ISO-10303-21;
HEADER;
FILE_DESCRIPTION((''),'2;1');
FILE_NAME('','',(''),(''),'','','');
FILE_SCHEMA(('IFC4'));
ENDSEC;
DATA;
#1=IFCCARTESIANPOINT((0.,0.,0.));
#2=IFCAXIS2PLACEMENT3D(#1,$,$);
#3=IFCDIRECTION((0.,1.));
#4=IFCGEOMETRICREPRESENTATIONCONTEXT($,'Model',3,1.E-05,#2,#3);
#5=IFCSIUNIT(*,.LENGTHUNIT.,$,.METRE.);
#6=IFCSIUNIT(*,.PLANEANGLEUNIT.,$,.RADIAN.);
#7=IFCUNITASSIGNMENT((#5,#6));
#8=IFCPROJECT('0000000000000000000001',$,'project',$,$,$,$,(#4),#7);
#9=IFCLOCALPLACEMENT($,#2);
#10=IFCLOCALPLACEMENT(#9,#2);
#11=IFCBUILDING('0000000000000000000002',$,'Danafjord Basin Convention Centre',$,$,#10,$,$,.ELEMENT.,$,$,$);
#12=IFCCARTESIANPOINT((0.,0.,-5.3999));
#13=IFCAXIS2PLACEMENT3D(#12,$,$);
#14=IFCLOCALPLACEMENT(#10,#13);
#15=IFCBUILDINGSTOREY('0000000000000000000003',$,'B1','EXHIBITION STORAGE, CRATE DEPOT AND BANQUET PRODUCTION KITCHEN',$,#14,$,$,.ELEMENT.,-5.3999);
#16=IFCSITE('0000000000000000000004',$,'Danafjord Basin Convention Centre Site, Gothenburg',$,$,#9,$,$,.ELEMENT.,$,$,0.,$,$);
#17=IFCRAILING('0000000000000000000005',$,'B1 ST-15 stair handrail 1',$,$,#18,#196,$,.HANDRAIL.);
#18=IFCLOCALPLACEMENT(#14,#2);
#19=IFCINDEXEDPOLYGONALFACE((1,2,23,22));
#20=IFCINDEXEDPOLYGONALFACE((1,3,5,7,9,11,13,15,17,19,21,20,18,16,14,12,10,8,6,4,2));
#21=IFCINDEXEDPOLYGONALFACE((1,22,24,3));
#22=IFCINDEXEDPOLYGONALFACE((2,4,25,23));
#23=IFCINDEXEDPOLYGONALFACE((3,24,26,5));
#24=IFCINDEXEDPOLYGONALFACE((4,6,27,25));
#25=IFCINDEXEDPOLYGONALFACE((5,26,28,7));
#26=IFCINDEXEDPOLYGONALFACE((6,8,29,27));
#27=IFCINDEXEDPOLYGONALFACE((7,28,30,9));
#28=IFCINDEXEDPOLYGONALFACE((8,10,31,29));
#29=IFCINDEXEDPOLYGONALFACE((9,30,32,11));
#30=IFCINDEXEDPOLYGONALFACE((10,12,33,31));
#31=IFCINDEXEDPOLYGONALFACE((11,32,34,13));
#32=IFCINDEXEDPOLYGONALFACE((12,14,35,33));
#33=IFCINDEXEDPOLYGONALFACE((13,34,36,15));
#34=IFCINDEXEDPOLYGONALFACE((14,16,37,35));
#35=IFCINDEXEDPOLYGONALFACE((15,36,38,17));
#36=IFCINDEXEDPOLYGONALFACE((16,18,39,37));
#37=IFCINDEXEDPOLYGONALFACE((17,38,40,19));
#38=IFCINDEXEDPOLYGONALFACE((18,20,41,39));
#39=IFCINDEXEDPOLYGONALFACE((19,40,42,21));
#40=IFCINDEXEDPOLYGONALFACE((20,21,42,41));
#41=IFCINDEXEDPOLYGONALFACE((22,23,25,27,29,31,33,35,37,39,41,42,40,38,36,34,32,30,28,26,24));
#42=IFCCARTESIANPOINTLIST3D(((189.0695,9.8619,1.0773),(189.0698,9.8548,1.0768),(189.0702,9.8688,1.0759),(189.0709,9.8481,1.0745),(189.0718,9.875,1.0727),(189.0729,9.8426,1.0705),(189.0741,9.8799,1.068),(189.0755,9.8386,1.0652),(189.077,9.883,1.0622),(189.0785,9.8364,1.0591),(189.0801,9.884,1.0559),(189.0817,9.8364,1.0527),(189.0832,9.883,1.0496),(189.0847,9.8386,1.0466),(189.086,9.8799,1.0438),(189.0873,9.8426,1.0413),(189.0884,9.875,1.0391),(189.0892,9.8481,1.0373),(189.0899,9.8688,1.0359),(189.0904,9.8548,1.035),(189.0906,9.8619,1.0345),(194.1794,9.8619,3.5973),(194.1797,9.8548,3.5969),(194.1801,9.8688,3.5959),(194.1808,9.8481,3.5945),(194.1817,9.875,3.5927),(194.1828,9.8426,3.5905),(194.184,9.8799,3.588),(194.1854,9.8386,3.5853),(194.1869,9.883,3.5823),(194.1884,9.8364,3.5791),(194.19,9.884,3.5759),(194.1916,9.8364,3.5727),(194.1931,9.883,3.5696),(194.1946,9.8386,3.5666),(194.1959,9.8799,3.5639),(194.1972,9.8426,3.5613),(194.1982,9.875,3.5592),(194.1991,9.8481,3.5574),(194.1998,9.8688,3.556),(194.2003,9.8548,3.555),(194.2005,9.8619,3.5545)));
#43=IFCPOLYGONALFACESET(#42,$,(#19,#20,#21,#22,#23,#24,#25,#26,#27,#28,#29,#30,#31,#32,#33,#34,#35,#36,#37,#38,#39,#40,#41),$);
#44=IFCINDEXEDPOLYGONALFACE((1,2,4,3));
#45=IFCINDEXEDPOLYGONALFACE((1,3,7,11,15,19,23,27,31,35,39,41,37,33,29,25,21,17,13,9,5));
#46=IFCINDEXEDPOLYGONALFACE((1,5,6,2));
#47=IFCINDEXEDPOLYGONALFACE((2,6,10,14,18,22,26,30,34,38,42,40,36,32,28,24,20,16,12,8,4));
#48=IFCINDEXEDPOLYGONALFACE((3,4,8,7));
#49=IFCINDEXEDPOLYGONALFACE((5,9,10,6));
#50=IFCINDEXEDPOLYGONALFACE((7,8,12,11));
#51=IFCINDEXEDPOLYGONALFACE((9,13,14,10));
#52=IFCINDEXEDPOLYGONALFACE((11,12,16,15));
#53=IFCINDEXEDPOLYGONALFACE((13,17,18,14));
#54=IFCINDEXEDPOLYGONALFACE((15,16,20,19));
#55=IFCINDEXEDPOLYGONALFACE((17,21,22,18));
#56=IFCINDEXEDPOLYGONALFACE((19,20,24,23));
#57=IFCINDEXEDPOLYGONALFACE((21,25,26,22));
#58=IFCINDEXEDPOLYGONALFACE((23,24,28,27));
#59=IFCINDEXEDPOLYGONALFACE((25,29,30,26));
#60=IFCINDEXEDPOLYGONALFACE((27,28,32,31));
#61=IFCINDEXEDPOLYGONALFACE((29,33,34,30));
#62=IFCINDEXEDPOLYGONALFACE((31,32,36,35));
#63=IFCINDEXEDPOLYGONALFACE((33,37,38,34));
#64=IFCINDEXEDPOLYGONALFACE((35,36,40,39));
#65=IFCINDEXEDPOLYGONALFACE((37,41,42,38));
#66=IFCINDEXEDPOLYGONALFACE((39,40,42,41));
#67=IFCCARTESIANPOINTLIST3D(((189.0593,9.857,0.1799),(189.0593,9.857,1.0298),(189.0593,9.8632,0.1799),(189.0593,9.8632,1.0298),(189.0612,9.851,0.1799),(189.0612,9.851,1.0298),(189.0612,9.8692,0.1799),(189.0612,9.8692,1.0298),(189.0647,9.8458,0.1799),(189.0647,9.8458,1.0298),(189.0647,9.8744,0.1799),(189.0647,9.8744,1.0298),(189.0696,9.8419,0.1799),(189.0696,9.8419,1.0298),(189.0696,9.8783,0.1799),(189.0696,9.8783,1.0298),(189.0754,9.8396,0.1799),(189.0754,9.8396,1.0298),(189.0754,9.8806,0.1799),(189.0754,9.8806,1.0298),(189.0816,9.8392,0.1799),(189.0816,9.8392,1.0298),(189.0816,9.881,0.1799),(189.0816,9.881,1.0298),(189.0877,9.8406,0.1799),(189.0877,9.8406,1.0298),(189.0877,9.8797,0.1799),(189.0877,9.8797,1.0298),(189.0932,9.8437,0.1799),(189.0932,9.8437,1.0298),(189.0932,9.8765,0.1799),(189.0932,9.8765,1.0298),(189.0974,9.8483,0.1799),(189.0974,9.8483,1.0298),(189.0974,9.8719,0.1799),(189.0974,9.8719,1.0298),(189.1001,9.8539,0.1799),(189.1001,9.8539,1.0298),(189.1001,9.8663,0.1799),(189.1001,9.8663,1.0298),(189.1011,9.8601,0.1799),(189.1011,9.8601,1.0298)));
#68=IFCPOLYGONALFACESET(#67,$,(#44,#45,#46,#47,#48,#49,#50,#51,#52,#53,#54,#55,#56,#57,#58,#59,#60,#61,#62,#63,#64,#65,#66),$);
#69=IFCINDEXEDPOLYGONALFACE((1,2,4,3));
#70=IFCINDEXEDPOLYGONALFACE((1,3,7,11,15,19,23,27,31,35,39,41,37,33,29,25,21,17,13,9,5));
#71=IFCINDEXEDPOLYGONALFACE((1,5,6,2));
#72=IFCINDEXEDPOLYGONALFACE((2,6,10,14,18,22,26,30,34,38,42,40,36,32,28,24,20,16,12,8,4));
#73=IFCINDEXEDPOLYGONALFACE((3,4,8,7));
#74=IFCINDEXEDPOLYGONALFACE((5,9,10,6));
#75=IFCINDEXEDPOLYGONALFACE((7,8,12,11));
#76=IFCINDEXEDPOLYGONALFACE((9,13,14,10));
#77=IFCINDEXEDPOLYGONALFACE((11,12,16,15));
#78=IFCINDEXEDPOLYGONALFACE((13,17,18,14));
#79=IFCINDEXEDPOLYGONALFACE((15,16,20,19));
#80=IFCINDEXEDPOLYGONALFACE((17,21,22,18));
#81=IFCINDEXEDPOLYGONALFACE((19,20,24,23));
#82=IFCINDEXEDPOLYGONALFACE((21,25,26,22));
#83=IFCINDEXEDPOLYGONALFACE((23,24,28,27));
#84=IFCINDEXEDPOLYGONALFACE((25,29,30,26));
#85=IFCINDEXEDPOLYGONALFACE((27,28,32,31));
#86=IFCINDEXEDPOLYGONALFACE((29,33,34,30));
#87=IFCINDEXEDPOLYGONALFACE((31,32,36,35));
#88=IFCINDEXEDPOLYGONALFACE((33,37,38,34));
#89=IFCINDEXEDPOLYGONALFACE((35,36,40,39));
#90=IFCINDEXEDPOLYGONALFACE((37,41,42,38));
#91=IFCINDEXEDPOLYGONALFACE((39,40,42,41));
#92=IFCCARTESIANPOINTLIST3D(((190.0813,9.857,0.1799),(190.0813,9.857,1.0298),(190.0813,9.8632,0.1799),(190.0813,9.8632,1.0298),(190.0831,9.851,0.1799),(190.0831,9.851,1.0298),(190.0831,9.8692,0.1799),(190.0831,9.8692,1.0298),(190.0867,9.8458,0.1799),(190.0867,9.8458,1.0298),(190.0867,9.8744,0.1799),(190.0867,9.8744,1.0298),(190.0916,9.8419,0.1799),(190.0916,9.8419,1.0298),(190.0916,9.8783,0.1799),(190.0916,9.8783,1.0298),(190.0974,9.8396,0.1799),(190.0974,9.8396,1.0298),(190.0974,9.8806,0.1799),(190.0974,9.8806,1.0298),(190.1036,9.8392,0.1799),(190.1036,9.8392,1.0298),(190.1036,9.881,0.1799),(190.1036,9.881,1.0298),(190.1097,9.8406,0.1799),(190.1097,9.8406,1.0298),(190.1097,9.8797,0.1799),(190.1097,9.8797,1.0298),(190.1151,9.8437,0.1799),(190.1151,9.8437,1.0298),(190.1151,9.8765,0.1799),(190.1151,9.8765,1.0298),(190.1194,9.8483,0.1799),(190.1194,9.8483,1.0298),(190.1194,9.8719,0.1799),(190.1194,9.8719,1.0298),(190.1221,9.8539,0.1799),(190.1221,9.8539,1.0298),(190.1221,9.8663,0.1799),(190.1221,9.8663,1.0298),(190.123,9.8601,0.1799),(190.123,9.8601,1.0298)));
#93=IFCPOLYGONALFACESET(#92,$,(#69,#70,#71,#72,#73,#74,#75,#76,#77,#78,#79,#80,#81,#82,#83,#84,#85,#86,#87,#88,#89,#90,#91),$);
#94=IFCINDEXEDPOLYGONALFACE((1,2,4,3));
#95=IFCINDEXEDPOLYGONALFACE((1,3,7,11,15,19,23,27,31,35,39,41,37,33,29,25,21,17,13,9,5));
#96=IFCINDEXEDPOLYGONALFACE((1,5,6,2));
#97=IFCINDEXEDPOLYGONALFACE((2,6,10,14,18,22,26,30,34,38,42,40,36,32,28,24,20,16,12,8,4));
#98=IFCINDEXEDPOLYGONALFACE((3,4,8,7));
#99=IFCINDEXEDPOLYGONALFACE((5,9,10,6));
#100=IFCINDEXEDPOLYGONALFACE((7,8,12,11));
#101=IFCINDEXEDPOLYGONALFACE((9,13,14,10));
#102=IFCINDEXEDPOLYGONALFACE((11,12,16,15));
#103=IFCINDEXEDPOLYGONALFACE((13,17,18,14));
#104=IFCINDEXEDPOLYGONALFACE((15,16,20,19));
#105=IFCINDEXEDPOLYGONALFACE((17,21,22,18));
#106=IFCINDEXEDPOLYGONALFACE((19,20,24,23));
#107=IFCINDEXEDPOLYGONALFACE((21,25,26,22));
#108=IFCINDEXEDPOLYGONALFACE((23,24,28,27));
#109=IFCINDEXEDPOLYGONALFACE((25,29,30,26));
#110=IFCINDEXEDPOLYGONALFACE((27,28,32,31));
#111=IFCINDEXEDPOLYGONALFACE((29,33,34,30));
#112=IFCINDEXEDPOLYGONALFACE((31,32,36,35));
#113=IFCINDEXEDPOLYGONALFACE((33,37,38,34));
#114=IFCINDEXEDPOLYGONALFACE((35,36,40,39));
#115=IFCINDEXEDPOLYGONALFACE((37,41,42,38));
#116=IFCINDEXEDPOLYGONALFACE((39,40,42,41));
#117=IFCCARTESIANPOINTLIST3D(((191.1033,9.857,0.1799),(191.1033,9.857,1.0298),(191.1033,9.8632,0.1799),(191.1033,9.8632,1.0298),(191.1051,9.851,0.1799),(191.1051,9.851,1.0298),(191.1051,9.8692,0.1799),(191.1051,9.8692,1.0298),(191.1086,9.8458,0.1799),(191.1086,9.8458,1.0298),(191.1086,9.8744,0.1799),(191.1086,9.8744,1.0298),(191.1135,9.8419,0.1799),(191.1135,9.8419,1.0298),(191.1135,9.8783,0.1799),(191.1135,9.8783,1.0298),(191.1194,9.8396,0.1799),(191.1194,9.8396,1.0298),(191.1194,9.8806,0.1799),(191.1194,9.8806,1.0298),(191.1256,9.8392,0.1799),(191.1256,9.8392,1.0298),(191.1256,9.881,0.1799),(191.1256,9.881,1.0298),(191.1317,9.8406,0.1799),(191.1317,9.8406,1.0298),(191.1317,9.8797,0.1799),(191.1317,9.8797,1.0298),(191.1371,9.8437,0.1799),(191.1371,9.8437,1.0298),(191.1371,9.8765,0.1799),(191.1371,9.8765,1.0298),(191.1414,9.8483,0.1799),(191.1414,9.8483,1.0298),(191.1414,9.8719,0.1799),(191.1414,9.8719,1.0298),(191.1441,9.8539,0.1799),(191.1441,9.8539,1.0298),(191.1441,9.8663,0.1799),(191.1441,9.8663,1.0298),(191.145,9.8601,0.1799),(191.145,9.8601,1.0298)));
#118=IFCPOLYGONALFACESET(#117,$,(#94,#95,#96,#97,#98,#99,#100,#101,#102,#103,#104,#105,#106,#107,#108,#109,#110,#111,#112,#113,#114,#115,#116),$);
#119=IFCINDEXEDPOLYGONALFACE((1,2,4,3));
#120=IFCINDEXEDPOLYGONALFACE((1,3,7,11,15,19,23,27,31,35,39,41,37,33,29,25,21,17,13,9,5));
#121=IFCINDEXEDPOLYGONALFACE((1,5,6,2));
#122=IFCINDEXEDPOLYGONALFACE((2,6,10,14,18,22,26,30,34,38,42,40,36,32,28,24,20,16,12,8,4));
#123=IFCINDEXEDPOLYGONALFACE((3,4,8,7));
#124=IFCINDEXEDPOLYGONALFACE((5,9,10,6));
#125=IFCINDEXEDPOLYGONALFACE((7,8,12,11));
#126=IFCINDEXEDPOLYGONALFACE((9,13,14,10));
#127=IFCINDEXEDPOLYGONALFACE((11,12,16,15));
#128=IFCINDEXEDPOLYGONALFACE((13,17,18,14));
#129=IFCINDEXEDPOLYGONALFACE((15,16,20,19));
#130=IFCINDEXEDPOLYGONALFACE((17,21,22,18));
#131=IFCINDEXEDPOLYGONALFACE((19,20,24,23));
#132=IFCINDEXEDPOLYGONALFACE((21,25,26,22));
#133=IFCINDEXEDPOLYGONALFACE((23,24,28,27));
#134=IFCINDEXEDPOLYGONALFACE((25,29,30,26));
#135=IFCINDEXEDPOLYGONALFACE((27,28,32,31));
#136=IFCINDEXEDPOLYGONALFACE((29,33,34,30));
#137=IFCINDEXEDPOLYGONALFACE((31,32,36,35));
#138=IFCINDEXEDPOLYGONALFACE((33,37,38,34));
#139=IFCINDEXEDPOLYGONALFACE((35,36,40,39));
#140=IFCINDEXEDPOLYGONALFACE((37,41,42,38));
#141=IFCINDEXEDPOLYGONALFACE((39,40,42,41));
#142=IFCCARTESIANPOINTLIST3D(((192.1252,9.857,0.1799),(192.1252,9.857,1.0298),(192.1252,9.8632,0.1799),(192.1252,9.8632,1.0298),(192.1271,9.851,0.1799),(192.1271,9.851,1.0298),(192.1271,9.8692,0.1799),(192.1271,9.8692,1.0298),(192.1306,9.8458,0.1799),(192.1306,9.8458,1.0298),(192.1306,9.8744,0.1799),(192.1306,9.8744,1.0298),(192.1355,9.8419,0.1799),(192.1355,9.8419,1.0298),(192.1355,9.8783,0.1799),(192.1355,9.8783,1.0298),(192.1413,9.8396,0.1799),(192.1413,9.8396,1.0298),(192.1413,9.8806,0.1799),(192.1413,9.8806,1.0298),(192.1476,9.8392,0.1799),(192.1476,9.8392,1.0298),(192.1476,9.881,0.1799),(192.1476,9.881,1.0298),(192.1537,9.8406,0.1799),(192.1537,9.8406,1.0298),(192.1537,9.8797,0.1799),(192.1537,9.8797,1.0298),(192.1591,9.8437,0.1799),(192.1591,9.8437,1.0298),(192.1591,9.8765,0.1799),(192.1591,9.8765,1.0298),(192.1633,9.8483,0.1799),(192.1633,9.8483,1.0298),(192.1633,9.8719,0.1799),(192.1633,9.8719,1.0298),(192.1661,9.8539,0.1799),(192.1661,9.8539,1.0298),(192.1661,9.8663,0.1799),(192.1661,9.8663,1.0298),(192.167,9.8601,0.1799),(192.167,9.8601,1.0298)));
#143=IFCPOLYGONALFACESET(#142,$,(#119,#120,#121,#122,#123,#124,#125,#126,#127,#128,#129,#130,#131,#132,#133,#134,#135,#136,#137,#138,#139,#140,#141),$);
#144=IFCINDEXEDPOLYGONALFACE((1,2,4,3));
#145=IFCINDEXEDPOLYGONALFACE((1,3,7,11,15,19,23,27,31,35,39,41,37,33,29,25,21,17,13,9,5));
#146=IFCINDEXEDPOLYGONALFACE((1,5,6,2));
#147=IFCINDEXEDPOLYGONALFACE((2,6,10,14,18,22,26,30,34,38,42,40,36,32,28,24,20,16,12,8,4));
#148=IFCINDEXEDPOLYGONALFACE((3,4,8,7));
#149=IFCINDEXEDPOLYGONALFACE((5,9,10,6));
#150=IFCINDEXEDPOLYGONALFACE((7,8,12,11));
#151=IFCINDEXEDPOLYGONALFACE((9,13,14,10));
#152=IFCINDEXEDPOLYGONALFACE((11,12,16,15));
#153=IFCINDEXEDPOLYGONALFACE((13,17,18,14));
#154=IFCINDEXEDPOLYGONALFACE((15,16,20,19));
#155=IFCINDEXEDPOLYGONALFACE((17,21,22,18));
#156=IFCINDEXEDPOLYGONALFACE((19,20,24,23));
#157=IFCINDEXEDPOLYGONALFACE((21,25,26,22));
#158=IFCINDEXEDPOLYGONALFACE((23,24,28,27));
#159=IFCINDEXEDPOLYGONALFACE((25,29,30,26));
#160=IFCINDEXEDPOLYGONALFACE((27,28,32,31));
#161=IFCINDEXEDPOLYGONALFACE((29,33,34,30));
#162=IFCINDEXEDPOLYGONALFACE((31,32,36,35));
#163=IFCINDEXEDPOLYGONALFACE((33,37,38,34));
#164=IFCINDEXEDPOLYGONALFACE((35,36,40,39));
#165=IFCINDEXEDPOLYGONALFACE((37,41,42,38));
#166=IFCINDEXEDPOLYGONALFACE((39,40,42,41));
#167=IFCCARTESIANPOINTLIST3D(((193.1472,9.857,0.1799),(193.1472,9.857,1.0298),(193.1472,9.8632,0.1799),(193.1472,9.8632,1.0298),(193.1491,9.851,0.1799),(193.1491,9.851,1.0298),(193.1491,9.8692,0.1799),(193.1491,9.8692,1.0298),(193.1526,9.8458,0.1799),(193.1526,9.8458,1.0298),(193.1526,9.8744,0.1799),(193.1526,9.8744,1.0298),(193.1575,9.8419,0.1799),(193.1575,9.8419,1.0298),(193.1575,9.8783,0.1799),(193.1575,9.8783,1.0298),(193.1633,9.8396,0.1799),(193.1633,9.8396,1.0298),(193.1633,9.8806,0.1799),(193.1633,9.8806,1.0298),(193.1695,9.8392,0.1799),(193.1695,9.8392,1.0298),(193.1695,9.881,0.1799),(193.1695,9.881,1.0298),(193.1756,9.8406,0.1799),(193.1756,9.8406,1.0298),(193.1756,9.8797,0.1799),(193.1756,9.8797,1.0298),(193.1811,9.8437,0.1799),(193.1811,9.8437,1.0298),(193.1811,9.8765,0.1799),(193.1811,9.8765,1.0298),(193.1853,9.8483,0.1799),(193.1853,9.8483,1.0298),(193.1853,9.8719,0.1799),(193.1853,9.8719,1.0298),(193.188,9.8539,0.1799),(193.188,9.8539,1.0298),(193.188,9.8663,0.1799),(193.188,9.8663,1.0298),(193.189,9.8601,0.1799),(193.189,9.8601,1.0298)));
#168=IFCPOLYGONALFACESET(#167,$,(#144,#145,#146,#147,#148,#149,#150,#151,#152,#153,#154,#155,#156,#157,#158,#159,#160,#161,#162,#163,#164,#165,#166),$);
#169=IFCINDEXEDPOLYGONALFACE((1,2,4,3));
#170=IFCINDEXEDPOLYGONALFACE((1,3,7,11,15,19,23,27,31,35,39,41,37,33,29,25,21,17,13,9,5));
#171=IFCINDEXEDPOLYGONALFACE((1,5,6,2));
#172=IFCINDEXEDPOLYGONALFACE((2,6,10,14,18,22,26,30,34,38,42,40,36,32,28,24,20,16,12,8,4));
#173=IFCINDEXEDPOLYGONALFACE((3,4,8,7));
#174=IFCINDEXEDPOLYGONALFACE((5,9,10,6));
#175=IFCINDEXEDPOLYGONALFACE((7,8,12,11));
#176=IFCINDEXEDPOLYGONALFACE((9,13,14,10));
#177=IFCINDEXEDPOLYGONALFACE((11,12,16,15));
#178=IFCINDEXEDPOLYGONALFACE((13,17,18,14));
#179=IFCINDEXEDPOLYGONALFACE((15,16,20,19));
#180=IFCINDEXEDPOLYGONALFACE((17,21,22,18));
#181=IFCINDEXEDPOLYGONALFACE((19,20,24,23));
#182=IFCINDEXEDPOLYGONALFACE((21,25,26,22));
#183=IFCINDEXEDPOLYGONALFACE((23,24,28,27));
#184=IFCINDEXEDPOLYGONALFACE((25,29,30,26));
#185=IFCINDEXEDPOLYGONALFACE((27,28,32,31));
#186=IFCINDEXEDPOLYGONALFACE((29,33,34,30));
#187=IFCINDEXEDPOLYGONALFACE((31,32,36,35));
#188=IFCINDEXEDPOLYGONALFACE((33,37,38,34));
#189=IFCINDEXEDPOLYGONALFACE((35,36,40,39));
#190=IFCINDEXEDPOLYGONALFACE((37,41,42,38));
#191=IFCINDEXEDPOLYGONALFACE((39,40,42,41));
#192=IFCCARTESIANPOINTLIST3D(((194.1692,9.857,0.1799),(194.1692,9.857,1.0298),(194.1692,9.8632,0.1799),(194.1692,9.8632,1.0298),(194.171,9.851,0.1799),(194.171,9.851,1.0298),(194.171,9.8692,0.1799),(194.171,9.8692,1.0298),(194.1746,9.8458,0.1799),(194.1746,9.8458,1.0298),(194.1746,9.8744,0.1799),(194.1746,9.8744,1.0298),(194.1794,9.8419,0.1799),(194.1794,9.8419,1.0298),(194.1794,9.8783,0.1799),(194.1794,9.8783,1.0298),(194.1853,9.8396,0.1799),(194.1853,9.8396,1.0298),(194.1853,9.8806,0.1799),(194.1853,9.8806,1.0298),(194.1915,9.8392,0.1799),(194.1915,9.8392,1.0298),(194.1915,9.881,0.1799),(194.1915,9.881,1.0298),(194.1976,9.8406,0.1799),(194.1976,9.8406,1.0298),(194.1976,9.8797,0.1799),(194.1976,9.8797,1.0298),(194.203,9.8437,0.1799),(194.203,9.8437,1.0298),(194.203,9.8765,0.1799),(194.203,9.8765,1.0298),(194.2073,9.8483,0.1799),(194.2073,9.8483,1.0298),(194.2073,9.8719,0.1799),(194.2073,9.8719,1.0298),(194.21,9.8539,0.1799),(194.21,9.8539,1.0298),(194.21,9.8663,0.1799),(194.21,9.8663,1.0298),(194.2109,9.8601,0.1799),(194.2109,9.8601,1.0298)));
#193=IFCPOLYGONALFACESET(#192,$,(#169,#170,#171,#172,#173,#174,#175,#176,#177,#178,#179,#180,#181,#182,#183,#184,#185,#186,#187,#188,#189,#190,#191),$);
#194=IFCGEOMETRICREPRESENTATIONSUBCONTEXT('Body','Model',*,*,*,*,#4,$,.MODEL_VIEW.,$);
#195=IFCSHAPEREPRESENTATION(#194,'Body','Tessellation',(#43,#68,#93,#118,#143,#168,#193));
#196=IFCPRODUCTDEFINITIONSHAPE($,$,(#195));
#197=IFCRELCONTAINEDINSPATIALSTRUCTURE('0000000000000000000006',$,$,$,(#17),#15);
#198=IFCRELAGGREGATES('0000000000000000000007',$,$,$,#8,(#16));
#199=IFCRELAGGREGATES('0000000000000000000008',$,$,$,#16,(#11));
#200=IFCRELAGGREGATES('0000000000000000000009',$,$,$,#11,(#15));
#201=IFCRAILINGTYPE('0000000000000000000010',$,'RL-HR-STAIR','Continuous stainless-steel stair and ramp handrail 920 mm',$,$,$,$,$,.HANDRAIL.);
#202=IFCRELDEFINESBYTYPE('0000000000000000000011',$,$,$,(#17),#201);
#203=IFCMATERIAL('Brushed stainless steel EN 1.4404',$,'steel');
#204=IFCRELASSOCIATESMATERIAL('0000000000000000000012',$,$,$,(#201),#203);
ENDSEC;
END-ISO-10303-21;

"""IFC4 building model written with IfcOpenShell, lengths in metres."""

from ifc_helpers import new_model, si_unit, direction, frame, origin, origin_2d, place, context, subcontext, project, spatial, circle, extrude, material, type_object, element, save


model = new_model("IFC4")

# Units and contexts
model_context = context("Model", 3, precision=1e-05, world=origin(), true_north=direction((0.0, 1.0)))
body_context = subcontext(model_context, "Body", "Model", "MODEL_VIEW")
ifc_project = project(units=[si_unit("LENGTHUNIT", "METRE"), si_unit("PLANEANGLEUNIT", "RADIAN")], contexts=[model_context])

# Site, building, storey
site_placement = place(None, origin())
site = spatial("IfcSite", under=ifc_project, at=site_placement, Name="Danafjord Basin Convention Centre Site, Gothenburg", CompositionType="ELEMENT", RefElevation=0.0)
building_placement = place(site_placement, origin())
building = spatial("IfcBuilding", under=site, at=building_placement, Name="Danafjord Basin Convention Centre", CompositionType="ELEMENT")
storey_placement = place(building_placement, frame((0.0, 0.0, -5.3999)))
storey = spatial("IfcBuildingStorey", under=building, at=storey_placement, Name="B1", Description="EXHIBITION STORAGE, CRATE DEPOT AND BANQUET PRODUCTION KITCHEN", CompositionType="ELEMENT", Elevation=-5.3999)

# Railing
ifc_material_1 = material(Name="Brushed stainless steel EN 1.4404", Category="steel")
railing_type_1 = type_object("IfcRailingType", Name="RL-HR-STAIR", Description="Continuous stainless-steel stair and ramp handrail 920 mm", PredefinedType="HANDRAIL", material=ifc_material_1)
railing_1_placement = place(storey_placement, frame((189.0801, 9.8601, 0.1799)))
element("IfcRailing", 1, at=railing_1_placement, inside=storey, type_object=railing_type_1, Name="B1 ST-15 stair handrail 1", PredefinedType="HANDRAIL", context=body_context, shape_type="SweptSolid", body=[
    extrude(circle(Radius=0.0239, at=origin_2d()), frame((0.0, 0.0, 0.876), z_axis=(0.896865, 0.0, 0.442305), x_axis=(0.0, 1.0, 0.0)), (0.0, 0.0, 1.0), 5.6975),
    extrude(circle(Radius=0.021, at=origin_2d()), origin(), (0.0, 0.0, 1.0), 0.8499),
    extrude(circle(Radius=0.021, at=origin_2d()), frame((1.022, 0.0, 0.0)), (0.0, 0.0, 1.0), 0.8499),
    extrude(circle(Radius=0.021, at=origin_2d()), frame((2.0439, 0.0, 0.0)), (0.0, 0.0, 1.0), 0.8499),
    extrude(circle(Radius=0.021, at=origin_2d()), frame((3.0659, 0.0, 0.0)), (0.0, 0.0, 1.0), 0.8499),
    extrude(circle(Radius=0.021, at=origin_2d()), frame((4.0879, 0.0, 0.0)), (0.0, 0.0, 1.0), 0.8499),
    extrude(circle(Radius=0.021, at=origin_2d()), frame((5.1099, 0.0, 0.0)), (0.0, 0.0, 1.0), 0.8499),
])

save(model, "model.ifc")
